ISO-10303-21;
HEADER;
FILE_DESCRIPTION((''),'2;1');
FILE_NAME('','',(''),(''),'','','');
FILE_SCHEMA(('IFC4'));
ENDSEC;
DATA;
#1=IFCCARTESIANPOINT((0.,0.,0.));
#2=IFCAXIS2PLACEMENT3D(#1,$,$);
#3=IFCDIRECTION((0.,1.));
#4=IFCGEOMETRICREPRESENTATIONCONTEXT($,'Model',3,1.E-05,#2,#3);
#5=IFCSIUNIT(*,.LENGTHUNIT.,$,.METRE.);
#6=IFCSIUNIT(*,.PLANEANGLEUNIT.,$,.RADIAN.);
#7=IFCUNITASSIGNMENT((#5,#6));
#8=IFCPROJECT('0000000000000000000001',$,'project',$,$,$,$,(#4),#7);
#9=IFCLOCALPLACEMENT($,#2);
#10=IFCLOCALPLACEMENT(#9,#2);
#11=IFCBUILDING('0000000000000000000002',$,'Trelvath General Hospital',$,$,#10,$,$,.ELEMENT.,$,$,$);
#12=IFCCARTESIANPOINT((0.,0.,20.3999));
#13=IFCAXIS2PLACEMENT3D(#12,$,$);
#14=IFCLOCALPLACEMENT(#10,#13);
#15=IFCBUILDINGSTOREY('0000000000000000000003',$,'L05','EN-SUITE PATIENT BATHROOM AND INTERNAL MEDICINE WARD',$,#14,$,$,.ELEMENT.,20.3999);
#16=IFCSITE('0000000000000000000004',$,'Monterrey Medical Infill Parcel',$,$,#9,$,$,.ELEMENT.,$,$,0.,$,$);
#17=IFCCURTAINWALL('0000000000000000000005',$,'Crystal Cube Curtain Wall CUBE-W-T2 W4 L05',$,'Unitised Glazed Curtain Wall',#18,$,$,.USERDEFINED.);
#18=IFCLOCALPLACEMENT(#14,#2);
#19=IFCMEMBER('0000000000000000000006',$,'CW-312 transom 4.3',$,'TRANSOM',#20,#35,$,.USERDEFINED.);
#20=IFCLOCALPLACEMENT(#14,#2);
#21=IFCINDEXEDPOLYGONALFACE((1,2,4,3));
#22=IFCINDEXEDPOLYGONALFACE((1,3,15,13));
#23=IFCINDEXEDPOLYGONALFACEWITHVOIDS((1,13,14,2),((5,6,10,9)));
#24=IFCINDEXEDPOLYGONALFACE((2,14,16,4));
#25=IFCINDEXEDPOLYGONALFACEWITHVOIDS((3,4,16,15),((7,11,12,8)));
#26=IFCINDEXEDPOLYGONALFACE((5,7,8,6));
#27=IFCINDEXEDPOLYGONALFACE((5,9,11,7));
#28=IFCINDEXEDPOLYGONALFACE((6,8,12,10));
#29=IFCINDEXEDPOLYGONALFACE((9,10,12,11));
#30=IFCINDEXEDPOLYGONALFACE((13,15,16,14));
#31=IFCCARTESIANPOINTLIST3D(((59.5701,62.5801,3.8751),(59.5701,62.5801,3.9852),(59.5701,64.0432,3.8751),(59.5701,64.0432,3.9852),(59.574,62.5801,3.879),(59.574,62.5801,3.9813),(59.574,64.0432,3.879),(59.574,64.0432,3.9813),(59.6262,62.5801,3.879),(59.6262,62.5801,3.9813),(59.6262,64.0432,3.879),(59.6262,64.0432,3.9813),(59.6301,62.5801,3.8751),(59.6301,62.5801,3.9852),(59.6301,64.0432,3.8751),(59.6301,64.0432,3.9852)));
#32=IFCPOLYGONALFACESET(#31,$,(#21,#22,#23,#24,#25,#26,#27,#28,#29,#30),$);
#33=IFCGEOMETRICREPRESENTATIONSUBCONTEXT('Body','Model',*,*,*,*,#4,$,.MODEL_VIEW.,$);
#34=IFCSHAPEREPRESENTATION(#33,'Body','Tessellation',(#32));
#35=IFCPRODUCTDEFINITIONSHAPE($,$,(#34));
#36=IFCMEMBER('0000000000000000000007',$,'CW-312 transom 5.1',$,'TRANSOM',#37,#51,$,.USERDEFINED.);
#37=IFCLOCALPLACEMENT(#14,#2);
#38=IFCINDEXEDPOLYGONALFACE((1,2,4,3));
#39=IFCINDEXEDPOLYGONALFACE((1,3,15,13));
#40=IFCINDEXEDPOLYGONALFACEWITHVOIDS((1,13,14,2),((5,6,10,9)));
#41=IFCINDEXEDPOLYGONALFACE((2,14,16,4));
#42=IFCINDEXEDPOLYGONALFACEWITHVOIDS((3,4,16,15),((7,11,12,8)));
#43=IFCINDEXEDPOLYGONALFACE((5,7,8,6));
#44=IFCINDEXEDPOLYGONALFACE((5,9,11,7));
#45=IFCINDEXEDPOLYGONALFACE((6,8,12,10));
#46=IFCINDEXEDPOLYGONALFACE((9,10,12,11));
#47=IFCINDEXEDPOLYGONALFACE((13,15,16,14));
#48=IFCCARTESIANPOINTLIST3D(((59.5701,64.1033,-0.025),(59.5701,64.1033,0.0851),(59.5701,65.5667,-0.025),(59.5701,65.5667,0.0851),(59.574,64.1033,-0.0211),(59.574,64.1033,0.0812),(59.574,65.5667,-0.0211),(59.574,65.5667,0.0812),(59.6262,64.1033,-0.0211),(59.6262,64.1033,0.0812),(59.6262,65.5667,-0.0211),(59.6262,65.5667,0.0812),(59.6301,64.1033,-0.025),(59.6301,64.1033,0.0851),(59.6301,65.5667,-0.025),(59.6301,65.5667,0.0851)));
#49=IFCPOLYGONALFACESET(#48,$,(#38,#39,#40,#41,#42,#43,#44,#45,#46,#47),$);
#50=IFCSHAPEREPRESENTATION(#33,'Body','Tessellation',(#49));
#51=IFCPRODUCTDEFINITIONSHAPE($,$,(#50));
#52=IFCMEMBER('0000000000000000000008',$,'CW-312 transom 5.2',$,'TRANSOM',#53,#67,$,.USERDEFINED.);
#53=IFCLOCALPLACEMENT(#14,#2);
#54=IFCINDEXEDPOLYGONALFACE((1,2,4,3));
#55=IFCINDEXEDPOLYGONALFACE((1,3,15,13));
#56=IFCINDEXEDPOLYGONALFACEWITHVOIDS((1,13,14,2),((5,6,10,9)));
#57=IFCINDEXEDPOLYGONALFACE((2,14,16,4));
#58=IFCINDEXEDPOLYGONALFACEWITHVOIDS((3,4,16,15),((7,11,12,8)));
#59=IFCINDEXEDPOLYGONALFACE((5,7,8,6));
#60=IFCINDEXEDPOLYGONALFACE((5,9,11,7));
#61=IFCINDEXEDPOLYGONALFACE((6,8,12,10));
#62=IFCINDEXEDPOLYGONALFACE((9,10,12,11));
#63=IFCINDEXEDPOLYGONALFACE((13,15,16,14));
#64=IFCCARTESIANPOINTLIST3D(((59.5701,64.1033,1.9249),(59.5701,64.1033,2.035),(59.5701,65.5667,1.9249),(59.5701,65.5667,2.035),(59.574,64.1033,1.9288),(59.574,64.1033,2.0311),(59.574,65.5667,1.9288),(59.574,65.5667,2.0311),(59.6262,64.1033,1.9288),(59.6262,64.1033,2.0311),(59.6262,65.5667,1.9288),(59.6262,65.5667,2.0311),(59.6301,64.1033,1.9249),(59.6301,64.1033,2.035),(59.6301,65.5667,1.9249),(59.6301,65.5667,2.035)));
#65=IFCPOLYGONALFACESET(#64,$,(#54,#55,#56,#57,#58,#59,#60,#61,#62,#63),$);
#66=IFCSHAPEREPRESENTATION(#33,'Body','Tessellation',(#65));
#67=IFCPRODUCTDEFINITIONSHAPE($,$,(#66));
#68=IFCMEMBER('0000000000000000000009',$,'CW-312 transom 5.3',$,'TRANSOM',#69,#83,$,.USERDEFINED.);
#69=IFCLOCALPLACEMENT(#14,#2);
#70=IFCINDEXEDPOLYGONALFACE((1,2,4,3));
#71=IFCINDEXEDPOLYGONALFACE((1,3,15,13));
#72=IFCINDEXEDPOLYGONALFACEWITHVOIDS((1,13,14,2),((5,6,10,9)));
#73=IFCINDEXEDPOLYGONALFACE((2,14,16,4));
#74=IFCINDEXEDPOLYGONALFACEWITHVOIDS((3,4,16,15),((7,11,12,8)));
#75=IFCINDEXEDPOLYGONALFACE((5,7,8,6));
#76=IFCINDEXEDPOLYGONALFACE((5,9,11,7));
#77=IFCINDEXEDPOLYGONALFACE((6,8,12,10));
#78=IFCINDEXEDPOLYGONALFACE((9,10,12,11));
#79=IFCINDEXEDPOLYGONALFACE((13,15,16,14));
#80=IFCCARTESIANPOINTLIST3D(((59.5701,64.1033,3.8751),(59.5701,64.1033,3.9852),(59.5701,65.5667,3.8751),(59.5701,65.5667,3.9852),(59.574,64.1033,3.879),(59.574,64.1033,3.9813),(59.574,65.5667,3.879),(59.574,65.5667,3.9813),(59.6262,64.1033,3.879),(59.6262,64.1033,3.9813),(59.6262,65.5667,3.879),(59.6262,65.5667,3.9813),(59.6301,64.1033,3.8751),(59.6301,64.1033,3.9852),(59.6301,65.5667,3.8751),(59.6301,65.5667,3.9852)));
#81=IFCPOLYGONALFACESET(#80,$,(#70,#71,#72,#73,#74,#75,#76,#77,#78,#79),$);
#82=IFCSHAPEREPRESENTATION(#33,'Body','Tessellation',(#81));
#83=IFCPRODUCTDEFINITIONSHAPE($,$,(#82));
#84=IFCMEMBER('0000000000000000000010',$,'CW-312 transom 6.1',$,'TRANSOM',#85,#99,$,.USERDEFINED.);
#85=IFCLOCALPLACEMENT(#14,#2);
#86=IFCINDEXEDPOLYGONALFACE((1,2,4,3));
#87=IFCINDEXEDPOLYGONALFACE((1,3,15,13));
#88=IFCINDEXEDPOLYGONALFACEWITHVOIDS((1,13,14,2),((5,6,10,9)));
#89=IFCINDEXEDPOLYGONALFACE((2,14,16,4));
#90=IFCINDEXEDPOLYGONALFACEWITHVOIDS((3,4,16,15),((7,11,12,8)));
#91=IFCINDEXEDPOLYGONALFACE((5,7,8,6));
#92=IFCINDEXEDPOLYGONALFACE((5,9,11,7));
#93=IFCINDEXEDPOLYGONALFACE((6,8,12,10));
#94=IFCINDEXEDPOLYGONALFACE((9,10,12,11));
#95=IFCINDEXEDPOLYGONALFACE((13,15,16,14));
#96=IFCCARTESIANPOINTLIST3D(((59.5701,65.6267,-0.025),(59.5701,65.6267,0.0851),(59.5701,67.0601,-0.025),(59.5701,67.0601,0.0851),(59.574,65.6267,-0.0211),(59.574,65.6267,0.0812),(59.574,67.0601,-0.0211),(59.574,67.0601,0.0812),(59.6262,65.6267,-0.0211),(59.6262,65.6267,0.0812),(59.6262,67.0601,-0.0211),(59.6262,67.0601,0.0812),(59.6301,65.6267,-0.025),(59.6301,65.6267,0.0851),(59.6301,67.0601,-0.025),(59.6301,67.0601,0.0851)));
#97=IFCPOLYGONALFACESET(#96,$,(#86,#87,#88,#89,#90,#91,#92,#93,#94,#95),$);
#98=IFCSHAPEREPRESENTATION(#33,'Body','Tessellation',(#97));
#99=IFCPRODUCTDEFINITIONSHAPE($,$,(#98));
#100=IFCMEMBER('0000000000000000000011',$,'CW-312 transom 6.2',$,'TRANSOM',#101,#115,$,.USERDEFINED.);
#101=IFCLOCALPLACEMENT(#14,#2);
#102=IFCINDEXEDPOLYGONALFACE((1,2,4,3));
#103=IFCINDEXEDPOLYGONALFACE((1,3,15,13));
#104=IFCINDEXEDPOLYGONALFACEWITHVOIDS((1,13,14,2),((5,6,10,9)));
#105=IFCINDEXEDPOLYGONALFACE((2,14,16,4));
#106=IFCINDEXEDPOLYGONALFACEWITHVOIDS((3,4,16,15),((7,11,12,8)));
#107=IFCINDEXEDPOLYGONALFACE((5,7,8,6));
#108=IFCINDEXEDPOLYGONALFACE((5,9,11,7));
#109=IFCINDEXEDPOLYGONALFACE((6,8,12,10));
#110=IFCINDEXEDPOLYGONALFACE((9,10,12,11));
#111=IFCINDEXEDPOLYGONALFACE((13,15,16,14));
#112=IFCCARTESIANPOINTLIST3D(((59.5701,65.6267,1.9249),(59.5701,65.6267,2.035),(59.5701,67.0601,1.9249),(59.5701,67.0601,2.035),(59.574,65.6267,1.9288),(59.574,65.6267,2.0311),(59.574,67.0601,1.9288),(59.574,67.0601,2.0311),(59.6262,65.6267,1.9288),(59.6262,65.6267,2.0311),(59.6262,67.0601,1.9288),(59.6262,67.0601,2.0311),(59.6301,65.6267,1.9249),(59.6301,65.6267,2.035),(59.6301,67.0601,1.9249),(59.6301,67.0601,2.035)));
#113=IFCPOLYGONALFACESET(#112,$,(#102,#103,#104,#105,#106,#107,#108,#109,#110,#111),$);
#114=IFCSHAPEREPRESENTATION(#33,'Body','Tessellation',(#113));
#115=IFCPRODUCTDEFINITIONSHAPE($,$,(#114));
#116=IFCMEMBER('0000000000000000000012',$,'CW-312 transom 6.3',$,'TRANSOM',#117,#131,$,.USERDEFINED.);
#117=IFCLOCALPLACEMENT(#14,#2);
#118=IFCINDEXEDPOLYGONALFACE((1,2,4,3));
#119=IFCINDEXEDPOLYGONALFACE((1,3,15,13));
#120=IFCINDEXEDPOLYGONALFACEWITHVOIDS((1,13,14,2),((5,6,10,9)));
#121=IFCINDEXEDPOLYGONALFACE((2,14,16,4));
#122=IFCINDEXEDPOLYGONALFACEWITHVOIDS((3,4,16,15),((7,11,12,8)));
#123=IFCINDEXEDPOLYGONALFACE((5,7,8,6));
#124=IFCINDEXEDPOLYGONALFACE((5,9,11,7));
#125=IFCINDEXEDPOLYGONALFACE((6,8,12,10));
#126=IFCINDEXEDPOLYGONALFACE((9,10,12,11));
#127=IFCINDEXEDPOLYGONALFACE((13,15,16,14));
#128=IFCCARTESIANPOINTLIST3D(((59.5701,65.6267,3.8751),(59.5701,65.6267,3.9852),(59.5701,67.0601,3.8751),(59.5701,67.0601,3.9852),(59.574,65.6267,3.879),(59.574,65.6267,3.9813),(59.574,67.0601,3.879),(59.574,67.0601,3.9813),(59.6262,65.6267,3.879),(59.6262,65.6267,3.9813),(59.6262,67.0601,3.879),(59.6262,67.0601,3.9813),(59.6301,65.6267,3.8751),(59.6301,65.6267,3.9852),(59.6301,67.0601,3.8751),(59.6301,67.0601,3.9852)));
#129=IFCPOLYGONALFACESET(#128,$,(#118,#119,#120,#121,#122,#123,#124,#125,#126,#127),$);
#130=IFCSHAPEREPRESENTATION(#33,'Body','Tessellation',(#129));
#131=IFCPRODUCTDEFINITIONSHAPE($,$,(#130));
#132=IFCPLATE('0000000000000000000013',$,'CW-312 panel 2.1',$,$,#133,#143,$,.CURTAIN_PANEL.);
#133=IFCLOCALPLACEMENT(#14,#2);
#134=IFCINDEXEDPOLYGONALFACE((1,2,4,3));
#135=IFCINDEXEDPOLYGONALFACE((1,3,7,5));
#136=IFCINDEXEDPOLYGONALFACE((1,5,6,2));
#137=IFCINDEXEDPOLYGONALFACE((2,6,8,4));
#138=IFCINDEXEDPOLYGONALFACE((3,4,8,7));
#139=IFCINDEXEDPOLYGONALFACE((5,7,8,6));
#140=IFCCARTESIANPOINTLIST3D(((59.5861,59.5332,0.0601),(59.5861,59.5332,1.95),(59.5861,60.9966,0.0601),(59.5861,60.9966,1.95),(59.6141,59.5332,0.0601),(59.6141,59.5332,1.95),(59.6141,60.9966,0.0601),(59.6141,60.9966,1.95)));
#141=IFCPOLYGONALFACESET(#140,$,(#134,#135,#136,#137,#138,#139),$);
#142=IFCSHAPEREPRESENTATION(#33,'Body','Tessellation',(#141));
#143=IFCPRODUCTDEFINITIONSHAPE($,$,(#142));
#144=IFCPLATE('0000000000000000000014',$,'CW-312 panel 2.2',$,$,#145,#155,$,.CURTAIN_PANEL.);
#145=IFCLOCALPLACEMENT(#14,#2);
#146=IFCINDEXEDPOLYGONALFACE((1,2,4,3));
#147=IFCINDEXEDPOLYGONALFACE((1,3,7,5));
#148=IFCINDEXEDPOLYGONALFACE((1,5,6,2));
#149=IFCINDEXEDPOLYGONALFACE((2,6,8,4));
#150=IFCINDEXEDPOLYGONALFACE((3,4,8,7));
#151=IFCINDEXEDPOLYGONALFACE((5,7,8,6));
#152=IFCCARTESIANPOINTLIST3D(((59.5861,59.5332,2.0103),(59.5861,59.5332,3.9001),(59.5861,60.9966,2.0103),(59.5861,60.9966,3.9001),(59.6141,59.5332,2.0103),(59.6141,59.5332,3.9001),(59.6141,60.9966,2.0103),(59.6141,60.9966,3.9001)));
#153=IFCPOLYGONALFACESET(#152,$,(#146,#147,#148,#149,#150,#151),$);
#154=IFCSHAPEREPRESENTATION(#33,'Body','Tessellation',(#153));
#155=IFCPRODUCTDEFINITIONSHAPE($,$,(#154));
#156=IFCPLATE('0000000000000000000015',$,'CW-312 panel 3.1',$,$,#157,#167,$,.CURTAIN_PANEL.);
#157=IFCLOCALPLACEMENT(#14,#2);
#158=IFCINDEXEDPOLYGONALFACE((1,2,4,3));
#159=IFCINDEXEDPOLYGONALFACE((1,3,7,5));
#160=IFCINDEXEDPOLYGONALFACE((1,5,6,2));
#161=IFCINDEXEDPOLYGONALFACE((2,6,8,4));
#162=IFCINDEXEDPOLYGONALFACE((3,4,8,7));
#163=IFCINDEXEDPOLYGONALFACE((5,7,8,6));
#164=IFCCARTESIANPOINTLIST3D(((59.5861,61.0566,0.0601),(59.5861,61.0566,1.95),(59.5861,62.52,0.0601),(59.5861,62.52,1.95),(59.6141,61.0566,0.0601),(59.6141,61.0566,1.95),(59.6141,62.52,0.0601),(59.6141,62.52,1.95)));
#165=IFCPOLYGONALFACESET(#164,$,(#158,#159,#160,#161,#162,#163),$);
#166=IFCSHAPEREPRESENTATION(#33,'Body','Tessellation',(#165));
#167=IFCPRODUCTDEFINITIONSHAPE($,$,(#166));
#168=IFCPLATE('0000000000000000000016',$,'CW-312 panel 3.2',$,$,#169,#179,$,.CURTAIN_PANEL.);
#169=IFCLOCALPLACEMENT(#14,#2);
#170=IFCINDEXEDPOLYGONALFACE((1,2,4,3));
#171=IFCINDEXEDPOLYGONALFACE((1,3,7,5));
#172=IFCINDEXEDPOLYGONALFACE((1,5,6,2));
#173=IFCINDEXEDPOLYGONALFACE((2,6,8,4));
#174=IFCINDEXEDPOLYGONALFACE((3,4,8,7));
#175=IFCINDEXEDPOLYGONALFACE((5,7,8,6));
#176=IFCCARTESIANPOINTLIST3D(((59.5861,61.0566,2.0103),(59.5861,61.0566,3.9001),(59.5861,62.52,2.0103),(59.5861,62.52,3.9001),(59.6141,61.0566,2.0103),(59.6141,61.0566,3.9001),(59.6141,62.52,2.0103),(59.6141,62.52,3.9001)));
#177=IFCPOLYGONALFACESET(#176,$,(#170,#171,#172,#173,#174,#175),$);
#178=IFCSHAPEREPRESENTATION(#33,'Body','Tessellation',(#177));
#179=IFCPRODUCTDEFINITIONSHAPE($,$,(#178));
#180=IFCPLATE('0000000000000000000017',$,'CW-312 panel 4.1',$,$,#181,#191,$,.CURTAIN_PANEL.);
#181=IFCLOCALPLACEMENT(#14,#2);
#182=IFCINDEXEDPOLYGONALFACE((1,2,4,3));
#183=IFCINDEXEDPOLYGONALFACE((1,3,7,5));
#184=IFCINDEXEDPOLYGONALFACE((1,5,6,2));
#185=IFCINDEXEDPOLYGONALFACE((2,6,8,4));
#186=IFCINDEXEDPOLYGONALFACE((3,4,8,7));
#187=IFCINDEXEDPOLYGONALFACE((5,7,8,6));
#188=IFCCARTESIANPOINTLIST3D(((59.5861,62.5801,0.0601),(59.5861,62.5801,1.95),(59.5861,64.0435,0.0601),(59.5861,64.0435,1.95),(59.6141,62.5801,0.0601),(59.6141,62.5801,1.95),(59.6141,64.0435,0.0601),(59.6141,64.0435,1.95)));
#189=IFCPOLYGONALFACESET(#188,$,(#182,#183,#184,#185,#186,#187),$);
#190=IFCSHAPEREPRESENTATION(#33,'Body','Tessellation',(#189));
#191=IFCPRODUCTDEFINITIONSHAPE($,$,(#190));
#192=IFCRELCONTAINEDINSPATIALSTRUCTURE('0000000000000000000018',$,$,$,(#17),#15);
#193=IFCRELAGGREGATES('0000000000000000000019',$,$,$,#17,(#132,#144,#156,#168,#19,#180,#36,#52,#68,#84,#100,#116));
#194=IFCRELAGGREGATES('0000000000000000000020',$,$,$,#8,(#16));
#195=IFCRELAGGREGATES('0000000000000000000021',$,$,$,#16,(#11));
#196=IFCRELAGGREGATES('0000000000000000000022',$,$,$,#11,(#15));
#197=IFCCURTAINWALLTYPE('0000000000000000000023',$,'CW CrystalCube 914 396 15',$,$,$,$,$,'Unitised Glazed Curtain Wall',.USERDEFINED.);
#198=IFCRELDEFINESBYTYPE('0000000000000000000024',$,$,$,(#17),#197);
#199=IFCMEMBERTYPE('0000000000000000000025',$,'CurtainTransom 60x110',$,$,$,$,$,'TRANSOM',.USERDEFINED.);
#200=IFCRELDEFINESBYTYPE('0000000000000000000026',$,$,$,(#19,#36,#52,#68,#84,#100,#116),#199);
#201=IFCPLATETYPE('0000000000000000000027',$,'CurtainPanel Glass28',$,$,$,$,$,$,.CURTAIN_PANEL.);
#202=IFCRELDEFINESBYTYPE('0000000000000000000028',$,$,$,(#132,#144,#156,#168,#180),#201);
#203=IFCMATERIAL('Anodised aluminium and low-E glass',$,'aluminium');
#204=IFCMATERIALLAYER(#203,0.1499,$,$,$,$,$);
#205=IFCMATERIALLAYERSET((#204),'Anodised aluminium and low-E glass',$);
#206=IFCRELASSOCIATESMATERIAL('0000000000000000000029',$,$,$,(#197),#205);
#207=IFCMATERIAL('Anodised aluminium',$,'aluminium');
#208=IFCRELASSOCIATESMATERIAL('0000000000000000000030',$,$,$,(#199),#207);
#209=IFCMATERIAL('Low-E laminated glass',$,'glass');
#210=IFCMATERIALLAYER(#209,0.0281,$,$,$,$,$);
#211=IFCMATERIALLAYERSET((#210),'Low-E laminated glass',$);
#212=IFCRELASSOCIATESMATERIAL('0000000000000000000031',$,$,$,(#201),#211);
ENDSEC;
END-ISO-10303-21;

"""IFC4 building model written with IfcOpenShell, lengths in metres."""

from ifc_helpers import new_model, si_unit, direction, frame, origin, origin_2d, place, context, subcontext, project, spatial, rectangle, hollow_rectangle, extrude, material, layer, layer_set, material_profile, profile_set, type_object, element, aggregate, save


model = new_model("IFC4")

# Units and contexts
model_context = context("Model", 3, precision=1e-05, world=origin(), true_north=direction((0.0, 1.0)))
body_context = subcontext(model_context, "Body", "Model", "MODEL_VIEW")
ifc_project = project(units=[si_unit("LENGTHUNIT", "METRE"), si_unit("PLANEANGLEUNIT", "RADIAN")], contexts=[model_context])

# Site, building, storey
site_placement = place(None, origin())
site = spatial("IfcSite", under=ifc_project, at=site_placement, Name="Monterrey Medical Infill Parcel", CompositionType="ELEMENT", RefElevation=0.0)
building_placement = place(site_placement, origin())
building = spatial("IfcBuilding", under=site, at=building_placement, Name="Trelvath General Hospital", CompositionType="ELEMENT")
storey_placement = place(building_placement, frame((0.0, 0.0, 20.3999)))
storey = spatial("IfcBuildingStorey", under=building, at=storey_placement, Name="L05", Description="EN-SUITE PATIENT BATHROOM AND INTERNAL MEDICINE WARD", CompositionType="ELEMENT", Elevation=20.3999)

# Curtain wall, members, plates
ifc_material_1 = material(Name="Anodised aluminium and low-E glass", Category="aluminium")
ifc_layer_1 = layer(ifc_material_1, 0.1499)
ifc_layer_set_1 = layer_set([ifc_layer_1], Name="Anodised aluminium and low-E glass")
curtain_wall_type = type_object("IfcCurtainWallType", Name="CW CrystalCube 914 396 15", ElementType="Unitised Glazed Curtain Wall", PredefinedType="USERDEFINED", material=ifc_layer_set_1)
curtain_wall_placement = place(storey_placement, origin())
curtain_wall = element("IfcCurtainWall", 1, at=curtain_wall_placement, inside=storey, type_object=curtain_wall_type, Name="Crystal Cube Curtain Wall CUBE-W-T2 W4 L05", ObjectType="Unitised Glazed Curtain Wall", PredefinedType="USERDEFINED")
ifc_material_2 = material(Name="Anodised aluminium", Category="aluminium")
ifc_material_profile_1 = material_profile(ifc_material_2, hollow_rectangle(XDim=0.0601, YDim=0.1101, WallThickness=0.0039, at=origin_2d()), Name="RHS60x110x4")
ifc_profile_set_1 = profile_set([ifc_material_profile_1], Name="Anodised aluminium")
member_type_1 = type_object("IfcMemberType", Name="CurtainTransom 60x110", ElementType="TRANSOM", PredefinedType="USERDEFINED", material=ifc_profile_set_1)
member_1_placement = place(storey_placement, frame((59.6001, 62.5801, 3.9302), z_axis=(0.0, 1.0, 0.0), x_axis=(-1.0, 0.0, 0.0)))
member_1 = element("IfcMember", 2, at=member_1_placement, type_object=member_type_1, Name="CW-312 transom 4.3", ObjectType="TRANSOM", PredefinedType="USERDEFINED", context=body_context, shape_type="SweptSolid", body=[
    extrude(hollow_rectangle(XDim=0.0601, YDim=0.1101, WallThickness=0.0039, at=origin_2d()), origin(), (0.0, 0.0, 1.0), 1.4631),
])
member_2_placement = place(storey_placement, frame((59.6001, 64.1033, 0.03), z_axis=(0.0, 1.0, 0.0), x_axis=(-1.0, 0.0, 0.0)))
member_2 = element("IfcMember", 3, at=member_2_placement, type_object=member_type_1, Name="CW-312 transom 5.1", ObjectType="TRANSOM", PredefinedType="USERDEFINED", context=body_context, shape_type="SweptSolid", body=[
    extrude(hollow_rectangle(XDim=0.0601, YDim=0.1101, WallThickness=0.0039, at=origin_2d()), origin(), (0.0, 0.0, 1.0), 1.4634),
])
member_3_placement = place(storey_placement, frame((59.6001, 64.1033, 1.98), z_axis=(0.0, 1.0, 0.0), x_axis=(-1.0, 0.0, 0.0)))
member_3 = element("IfcMember", 4, at=member_3_placement, type_object=member_type_1, Name="CW-312 transom 5.2", ObjectType="TRANSOM", PredefinedType="USERDEFINED", context=body_context, shape_type="SweptSolid", body=[
    extrude(hollow_rectangle(XDim=0.0601, YDim=0.1101, WallThickness=0.0039, at=origin_2d()), origin(), (0.0, 0.0, 1.0), 1.4634),
])
member_4_placement = place(storey_placement, frame((59.6001, 64.1033, 3.9302), z_axis=(0.0, 1.0, 0.0), x_axis=(-1.0, 0.0, 0.0)))
member_4 = element("IfcMember", 5, at=member_4_placement, type_object=member_type_1, Name="CW-312 transom 5.3", ObjectType="TRANSOM", PredefinedType="USERDEFINED", context=body_context, shape_type="SweptSolid", body=[
    extrude(hollow_rectangle(XDim=0.0601, YDim=0.1101, WallThickness=0.0039, at=origin_2d()), origin(), (0.0, 0.0, 1.0), 1.4634),
])
member_5_placement = place(storey_placement, frame((59.6001, 65.6267, 0.03), z_axis=(0.0, 1.0, 0.0), x_axis=(-1.0, 0.0, 0.0)))
member_5 = element("IfcMember", 6, at=member_5_placement, type_object=member_type_1, Name="CW-312 transom 6.1", ObjectType="TRANSOM", PredefinedType="USERDEFINED", context=body_context, shape_type="SweptSolid", body=[
    extrude(hollow_rectangle(XDim=0.0601, YDim=0.1101, WallThickness=0.0039, at=origin_2d()), origin(), (0.0, 0.0, 1.0), 1.4333),
])
member_6_placement = place(storey_placement, frame((59.6001, 65.6267, 1.98), z_axis=(0.0, 1.0, 0.0), x_axis=(-1.0, 0.0, 0.0)))
member_6 = element("IfcMember", 7, at=member_6_placement, type_object=member_type_1, Name="CW-312 transom 6.2", ObjectType="TRANSOM", PredefinedType="USERDEFINED", context=body_context, shape_type="SweptSolid", body=[
    extrude(hollow_rectangle(XDim=0.0601, YDim=0.1101, WallThickness=0.0039, at=origin_2d()), origin(), (0.0, 0.0, 1.0), 1.4333),
])
member_7_placement = place(storey_placement, frame((59.6001, 65.6267, 3.9302), z_axis=(0.0, 1.0, 0.0), x_axis=(-1.0, 0.0, 0.0)))
member_7 = element("IfcMember", 8, at=member_7_placement, type_object=member_type_1, Name="CW-312 transom 6.3", ObjectType="TRANSOM", PredefinedType="USERDEFINED", context=body_context, shape_type="SweptSolid", body=[
    extrude(hollow_rectangle(XDim=0.0601, YDim=0.1101, WallThickness=0.0039, at=origin_2d()), origin(), (0.0, 0.0, 1.0), 1.4333),
])
ifc_material_3 = material(Name="Low-E laminated glass", Category="glass")
ifc_layer_2 = layer(ifc_material_3, 0.0281)
ifc_layer_set_2 = layer_set([ifc_layer_2], Name="Low-E laminated glass")
plate_type = type_object("IfcPlateType", Name="CurtainPanel Glass28", PredefinedType="CURTAIN_PANEL", material=ifc_layer_set_2)
plate_1_placement = place(storey_placement, frame((59.6001, 60.2649, 0.0601), z_axis=(0.0, 0.0, 1.0), x_axis=(0.0, 1.0, 0.0)))
plate_1 = element("IfcPlate", 9, at=plate_1_placement, type_object=plate_type, Name="CW-312 panel 2.1", PredefinedType="CURTAIN_PANEL", context=body_context, shape_type="SweptSolid", body=[
    extrude(rectangle(XDim=1.4634, YDim=0.0281, at=origin_2d()), origin(), (0.0, 0.0, 1.0), 1.8899),
])
plate_2_placement = place(storey_placement, frame((59.6001, 60.2649, 2.0103), z_axis=(0.0, 0.0, 1.0), x_axis=(0.0, 1.0, 0.0)))
plate_2 = element("IfcPlate", 10, at=plate_2_placement, type_object=plate_type, Name="CW-312 panel 2.2", PredefinedType="CURTAIN_PANEL", context=body_context, shape_type="SweptSolid", body=[
    extrude(rectangle(XDim=1.4634, YDim=0.0281, at=origin_2d()), origin(), (0.0, 0.0, 1.0), 1.8899),
])
plate_3_placement = place(storey_placement, frame((59.6001, 61.7883, 0.0601), z_axis=(0.0, 0.0, 1.0), x_axis=(0.0, 1.0, 0.0)))
plate_3 = element("IfcPlate", 11, at=plate_3_placement, type_object=plate_type, Name="CW-312 panel 3.1", PredefinedType="CURTAIN_PANEL", context=body_context, shape_type="SweptSolid", body=[
    extrude(rectangle(XDim=1.4634, YDim=0.0281, at=origin_2d()), origin(), (0.0, 0.0, 1.0), 1.8899),
])
plate_4_placement = place(storey_placement, frame((59.6001, 61.7883, 2.0103), z_axis=(0.0, 0.0, 1.0), x_axis=(0.0, 1.0, 0.0)))
plate_4 = element("IfcPlate", 12, at=plate_4_placement, type_object=plate_type, Name="CW-312 panel 3.2", PredefinedType="CURTAIN_PANEL", context=body_context, shape_type="SweptSolid", body=[
    extrude(rectangle(XDim=1.4634, YDim=0.0281, at=origin_2d()), origin(), (0.0, 0.0, 1.0), 1.8899),
])
plate_5_placement = place(storey_placement, frame((59.6001, 63.3118, 0.0601), z_axis=(0.0, 0.0, 1.0), x_axis=(0.0, 1.0, 0.0)))
plate_5 = element("IfcPlate", 13, at=plate_5_placement, type_object=plate_type, Name="CW-312 panel 4.1", PredefinedType="CURTAIN_PANEL", context=body_context, shape_type="SweptSolid", body=[
    extrude(rectangle(XDim=1.4634, YDim=0.0281, at=origin_2d()), origin(), (0.0, 0.0, 1.0), 1.8899),
])
aggregate(curtain_wall, [plate_1, plate_2, plate_3, plate_4, member_1, plate_5, member_2, member_3, member_4, member_5, member_6, member_7])

save(model, "model.ifc")
